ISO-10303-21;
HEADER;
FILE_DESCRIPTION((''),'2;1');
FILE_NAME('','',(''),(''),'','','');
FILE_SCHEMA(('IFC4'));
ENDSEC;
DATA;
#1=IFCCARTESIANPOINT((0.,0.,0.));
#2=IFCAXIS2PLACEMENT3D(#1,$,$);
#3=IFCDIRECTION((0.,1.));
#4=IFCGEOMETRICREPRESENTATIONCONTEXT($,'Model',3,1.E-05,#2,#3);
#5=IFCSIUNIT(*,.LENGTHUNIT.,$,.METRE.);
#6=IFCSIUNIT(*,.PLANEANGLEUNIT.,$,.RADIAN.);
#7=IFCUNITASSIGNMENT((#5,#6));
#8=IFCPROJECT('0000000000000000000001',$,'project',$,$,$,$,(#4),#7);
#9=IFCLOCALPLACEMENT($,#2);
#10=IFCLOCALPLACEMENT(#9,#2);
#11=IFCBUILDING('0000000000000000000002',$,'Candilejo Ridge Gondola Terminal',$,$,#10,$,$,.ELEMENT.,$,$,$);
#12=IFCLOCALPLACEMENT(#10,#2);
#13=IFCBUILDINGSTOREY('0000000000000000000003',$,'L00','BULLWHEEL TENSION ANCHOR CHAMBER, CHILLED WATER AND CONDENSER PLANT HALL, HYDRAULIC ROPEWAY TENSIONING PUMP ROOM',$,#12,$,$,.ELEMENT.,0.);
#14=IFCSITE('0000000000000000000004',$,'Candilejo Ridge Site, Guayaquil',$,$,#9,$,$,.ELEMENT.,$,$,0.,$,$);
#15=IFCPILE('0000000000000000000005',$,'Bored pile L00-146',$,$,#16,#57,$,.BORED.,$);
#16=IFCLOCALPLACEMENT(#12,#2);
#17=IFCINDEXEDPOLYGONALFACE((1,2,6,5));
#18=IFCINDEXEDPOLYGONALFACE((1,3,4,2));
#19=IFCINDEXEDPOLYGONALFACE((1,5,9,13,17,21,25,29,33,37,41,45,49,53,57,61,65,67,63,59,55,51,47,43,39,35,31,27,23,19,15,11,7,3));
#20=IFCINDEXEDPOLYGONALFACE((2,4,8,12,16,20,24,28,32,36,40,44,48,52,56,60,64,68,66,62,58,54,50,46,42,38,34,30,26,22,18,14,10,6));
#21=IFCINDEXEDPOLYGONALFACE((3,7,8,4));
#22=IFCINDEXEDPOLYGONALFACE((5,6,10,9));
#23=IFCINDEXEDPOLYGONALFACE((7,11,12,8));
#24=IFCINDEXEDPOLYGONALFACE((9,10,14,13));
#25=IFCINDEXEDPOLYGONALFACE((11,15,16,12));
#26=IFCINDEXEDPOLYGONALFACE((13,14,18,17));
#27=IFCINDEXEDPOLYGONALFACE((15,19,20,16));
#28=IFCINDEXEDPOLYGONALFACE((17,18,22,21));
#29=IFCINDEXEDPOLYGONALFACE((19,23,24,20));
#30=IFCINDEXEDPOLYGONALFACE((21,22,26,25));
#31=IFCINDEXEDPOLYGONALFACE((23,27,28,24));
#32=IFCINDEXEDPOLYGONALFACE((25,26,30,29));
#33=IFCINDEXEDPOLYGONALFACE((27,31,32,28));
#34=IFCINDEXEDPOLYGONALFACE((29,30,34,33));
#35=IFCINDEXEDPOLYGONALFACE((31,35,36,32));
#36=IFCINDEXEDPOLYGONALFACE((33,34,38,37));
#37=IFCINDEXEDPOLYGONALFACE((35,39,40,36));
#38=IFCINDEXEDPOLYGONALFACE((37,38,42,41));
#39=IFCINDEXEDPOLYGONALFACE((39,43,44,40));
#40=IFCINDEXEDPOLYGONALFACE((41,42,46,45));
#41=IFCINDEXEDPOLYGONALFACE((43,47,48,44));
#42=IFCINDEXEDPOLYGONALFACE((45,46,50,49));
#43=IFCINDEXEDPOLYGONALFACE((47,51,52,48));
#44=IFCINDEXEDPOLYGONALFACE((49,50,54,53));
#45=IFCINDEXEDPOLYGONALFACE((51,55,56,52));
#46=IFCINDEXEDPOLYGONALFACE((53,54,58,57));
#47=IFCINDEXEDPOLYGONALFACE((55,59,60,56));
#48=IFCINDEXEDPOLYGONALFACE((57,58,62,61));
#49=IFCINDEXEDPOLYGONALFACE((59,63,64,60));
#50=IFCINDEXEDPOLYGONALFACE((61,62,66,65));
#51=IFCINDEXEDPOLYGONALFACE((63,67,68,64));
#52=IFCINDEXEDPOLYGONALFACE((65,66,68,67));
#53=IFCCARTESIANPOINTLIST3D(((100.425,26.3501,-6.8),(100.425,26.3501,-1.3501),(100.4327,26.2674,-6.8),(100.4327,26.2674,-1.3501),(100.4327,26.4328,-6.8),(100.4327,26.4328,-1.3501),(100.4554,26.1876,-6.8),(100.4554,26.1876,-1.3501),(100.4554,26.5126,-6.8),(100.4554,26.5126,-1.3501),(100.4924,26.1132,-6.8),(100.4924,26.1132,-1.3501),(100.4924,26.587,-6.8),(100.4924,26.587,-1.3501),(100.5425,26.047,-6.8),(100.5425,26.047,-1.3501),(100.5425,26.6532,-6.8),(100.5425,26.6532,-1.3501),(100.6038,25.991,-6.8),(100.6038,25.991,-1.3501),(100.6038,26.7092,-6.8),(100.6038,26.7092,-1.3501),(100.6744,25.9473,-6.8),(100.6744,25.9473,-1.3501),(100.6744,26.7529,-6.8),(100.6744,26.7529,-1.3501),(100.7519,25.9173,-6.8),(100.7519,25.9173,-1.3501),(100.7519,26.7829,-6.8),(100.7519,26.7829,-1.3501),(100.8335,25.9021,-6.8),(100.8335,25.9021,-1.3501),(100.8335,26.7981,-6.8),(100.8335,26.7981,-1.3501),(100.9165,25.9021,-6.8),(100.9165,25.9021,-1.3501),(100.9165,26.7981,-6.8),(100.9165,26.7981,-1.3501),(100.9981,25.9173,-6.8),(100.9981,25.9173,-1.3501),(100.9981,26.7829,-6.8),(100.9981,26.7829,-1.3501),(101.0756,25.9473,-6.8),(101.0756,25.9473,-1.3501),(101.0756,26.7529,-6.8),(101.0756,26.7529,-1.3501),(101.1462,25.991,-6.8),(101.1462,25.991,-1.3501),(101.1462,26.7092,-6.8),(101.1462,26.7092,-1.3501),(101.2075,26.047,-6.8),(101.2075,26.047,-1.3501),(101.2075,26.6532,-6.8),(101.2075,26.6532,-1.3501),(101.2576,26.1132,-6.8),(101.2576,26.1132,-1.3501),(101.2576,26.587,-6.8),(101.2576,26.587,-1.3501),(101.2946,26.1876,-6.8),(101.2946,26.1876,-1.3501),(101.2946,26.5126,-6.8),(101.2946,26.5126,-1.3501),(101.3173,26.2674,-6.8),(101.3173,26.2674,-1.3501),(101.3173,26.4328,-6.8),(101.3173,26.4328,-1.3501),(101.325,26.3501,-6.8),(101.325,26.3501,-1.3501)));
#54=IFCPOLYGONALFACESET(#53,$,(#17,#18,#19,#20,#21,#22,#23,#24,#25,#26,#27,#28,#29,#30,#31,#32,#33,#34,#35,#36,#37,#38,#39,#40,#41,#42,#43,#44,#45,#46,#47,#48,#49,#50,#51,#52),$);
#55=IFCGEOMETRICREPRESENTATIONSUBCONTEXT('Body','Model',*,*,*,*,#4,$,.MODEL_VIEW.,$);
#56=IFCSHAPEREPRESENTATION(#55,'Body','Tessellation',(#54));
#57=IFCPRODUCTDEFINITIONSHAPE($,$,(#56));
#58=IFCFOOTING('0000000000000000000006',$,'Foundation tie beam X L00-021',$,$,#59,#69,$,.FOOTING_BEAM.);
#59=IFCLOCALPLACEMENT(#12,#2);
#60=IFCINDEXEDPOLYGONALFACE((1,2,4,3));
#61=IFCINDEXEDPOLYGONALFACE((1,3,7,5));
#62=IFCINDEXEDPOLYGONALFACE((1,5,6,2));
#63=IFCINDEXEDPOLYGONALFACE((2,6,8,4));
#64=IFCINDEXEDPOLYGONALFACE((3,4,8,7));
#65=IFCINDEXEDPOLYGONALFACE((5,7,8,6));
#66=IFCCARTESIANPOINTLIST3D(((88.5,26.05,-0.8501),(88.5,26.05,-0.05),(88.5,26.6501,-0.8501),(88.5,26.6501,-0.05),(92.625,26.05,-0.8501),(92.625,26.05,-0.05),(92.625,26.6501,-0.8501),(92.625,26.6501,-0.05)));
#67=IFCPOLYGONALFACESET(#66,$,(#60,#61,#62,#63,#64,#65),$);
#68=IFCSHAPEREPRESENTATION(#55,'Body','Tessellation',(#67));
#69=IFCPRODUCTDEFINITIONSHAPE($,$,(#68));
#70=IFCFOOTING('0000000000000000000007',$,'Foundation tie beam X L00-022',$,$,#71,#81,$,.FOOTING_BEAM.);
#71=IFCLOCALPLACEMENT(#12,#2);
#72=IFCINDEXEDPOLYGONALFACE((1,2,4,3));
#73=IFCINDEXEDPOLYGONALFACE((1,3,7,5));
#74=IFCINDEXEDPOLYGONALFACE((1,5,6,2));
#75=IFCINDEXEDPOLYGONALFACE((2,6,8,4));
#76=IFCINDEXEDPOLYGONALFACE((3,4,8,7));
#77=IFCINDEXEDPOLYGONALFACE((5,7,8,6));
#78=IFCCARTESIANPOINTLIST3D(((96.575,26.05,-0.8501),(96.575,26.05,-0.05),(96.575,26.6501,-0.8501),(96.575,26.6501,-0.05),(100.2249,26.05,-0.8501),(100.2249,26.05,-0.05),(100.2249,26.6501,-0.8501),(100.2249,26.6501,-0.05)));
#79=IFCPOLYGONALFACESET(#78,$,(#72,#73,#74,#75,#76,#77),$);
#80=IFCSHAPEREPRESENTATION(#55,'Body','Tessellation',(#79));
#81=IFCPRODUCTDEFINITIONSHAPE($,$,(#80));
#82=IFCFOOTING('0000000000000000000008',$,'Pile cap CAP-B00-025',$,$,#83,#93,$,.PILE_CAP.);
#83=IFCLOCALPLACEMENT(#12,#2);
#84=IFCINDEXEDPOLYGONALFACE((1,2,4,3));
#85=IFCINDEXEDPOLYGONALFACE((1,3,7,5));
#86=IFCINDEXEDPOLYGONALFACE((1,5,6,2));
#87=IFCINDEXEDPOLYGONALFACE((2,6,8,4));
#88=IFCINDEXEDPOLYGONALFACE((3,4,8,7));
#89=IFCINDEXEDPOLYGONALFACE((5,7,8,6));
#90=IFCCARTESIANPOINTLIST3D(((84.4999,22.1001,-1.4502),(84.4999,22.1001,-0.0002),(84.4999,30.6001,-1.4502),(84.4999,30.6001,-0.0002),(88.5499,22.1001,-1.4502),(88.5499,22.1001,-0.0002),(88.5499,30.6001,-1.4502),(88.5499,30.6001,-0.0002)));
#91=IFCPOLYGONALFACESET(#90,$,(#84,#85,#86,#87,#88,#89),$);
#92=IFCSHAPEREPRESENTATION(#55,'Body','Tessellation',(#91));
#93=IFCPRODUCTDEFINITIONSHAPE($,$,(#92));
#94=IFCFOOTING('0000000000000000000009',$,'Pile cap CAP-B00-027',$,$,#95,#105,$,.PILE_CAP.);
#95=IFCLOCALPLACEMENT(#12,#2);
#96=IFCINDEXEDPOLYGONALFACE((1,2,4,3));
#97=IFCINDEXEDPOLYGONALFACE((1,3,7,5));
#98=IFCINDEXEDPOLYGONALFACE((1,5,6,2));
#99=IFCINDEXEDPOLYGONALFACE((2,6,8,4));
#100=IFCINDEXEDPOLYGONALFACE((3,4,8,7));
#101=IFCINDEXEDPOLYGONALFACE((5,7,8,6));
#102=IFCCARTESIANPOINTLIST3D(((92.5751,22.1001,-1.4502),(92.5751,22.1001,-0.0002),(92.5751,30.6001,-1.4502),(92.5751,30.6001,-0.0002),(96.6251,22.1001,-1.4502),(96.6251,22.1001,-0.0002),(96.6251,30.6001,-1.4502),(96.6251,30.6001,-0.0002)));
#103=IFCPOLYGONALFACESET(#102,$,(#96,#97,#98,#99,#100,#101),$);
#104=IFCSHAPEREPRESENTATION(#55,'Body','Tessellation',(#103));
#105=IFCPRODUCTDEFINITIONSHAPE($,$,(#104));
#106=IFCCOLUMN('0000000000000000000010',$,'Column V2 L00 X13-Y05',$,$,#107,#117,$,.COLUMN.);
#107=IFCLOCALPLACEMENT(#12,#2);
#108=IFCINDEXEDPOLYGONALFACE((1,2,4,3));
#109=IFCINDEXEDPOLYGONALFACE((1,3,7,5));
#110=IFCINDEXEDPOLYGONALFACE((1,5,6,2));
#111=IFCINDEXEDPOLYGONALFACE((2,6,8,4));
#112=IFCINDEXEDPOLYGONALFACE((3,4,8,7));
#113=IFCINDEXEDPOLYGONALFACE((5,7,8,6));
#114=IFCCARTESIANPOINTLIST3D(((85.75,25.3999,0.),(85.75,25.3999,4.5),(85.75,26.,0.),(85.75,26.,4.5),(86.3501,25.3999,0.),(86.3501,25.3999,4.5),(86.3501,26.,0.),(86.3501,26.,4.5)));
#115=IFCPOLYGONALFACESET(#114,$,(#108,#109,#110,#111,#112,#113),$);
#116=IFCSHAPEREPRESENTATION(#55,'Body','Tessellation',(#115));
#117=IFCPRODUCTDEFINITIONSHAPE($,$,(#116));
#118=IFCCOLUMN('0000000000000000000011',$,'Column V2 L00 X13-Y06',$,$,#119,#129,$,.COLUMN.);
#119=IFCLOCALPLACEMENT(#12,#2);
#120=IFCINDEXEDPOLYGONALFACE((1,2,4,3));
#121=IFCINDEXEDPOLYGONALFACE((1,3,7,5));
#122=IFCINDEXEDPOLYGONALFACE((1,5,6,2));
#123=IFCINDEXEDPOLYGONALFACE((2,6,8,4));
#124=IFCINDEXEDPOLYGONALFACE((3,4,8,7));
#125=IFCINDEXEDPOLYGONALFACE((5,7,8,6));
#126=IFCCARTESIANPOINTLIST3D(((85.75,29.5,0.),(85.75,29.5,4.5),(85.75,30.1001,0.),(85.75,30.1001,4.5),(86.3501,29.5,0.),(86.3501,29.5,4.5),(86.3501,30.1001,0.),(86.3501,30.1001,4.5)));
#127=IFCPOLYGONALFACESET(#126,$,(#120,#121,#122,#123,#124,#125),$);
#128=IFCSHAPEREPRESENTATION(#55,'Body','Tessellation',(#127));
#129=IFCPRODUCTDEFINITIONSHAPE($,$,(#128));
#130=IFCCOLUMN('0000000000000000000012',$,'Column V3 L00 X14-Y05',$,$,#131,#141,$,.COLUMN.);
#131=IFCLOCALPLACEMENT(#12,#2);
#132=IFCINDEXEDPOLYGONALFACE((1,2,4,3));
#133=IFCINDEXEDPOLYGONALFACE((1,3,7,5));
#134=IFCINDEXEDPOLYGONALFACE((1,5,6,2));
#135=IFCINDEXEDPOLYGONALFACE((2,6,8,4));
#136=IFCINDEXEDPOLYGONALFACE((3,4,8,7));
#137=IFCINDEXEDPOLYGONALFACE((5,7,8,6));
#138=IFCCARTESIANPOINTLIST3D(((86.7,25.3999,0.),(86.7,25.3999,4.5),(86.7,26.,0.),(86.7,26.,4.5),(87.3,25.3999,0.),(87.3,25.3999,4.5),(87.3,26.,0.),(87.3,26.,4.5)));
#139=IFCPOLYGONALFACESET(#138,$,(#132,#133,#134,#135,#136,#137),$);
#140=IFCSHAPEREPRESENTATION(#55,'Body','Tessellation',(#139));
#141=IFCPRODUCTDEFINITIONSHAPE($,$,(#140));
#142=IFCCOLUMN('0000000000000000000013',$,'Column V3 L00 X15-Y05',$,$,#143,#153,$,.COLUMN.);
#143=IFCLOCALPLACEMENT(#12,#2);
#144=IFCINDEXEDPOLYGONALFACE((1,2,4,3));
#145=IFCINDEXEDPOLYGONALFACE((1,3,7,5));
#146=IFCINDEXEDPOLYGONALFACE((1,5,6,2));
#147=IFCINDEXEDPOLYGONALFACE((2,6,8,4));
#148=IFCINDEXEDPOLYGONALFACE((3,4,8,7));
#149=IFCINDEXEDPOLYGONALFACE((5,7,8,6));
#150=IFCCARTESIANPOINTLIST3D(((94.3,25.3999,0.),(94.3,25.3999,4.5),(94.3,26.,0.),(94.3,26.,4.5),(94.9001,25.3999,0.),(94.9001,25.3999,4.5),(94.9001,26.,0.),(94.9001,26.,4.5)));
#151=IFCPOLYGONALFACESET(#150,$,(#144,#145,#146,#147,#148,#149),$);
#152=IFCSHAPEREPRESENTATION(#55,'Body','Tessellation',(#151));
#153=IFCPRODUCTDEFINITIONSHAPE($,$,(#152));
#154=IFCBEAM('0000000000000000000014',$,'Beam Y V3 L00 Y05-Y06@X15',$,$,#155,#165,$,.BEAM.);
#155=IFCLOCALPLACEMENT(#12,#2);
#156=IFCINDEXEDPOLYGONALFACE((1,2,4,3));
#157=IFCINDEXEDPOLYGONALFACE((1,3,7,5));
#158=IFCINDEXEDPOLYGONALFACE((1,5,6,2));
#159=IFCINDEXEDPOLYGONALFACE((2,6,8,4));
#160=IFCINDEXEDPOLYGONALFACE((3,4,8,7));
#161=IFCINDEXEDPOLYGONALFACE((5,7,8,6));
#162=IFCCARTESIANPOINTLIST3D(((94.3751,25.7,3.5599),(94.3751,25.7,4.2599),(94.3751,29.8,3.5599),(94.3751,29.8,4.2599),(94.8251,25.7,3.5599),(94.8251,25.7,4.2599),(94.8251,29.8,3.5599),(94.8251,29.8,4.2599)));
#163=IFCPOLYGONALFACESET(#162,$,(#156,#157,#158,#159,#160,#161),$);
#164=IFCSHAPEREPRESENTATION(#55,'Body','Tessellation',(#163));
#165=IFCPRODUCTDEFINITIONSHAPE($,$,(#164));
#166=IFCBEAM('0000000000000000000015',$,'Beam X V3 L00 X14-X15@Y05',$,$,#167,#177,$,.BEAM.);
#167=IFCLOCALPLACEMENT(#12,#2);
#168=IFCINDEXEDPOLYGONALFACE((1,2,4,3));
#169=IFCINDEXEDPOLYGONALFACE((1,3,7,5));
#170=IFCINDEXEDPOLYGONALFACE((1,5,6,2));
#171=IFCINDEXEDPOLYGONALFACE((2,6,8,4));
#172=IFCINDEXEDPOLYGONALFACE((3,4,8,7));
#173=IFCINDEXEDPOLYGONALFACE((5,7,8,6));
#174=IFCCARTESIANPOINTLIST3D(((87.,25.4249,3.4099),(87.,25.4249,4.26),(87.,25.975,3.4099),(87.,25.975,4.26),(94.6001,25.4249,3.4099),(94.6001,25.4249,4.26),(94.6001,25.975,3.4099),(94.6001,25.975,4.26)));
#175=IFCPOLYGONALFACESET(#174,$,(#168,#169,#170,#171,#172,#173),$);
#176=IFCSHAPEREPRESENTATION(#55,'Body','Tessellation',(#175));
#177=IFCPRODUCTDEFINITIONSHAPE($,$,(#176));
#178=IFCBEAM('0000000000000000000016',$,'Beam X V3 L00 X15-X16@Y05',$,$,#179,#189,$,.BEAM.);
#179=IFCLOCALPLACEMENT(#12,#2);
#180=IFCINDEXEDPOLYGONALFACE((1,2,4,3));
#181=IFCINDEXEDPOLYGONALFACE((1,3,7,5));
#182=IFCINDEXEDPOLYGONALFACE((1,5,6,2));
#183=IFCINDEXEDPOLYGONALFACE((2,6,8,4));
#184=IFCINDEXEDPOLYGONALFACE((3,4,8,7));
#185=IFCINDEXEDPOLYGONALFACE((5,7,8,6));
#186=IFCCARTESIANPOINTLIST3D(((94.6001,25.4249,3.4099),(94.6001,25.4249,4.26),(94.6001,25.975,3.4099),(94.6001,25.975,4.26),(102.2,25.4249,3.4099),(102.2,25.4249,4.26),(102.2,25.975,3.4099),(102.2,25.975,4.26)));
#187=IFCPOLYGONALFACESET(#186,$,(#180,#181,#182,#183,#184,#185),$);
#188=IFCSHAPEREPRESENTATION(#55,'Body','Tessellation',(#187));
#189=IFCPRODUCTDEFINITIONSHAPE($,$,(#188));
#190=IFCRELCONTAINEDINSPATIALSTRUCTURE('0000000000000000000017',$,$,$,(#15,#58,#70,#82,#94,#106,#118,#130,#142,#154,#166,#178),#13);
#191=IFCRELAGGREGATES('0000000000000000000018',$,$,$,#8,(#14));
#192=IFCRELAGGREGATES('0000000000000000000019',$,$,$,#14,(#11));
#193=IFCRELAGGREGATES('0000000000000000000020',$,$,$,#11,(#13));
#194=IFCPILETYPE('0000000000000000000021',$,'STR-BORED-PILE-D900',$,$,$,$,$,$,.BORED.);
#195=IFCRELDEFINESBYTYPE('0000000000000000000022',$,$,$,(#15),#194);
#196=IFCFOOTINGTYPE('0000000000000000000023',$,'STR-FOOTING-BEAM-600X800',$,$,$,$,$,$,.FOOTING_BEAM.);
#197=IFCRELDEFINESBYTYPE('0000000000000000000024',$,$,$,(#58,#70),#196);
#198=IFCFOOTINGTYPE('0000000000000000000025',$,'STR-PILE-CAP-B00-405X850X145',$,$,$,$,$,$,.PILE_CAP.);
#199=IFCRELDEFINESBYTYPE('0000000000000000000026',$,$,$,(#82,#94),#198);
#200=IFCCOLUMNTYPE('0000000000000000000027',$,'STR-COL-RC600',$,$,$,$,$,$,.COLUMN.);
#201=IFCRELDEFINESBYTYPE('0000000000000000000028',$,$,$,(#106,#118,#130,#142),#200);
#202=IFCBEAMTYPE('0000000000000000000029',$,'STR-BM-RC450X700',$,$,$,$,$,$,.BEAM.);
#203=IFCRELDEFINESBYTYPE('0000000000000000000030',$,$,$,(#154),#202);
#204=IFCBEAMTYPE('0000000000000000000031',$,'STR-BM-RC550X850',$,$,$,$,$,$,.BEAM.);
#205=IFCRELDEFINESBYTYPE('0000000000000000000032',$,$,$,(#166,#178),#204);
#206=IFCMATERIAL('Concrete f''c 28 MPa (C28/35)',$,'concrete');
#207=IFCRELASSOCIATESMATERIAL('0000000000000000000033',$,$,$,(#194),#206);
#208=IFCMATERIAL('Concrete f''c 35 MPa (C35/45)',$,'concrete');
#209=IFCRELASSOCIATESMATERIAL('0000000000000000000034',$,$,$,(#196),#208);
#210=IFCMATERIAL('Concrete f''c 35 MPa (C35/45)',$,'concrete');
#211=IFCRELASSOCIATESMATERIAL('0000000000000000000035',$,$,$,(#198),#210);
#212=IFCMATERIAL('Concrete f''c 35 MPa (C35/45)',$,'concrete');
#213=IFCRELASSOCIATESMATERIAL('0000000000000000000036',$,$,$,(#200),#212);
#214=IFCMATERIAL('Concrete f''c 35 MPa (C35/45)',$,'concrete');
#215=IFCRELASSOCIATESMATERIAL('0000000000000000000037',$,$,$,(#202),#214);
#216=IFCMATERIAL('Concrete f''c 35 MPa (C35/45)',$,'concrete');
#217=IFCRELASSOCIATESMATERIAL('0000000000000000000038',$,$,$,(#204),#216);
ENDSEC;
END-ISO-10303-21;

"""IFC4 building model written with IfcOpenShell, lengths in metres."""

from ifc_helpers import new_model, si_unit, direction, frame, origin, origin_2d, place, context, subcontext, project, spatial, rectangle, circle, extrude, material, material_profile, profile_set, type_object, element, save


model = new_model("IFC4")

# Units and contexts
model_context = context("Model", 3, precision=1e-05, world=origin(), true_north=direction((0.0, 1.0)))
body_context = subcontext(model_context, "Body", "Model", "MODEL_VIEW")
ifc_project = project(units=[si_unit("LENGTHUNIT", "METRE"), si_unit("PLANEANGLEUNIT", "RADIAN")], contexts=[model_context])

# Site, building, storey
site_placement = place(None, origin())
site = spatial("IfcSite", under=ifc_project, at=site_placement, Name="Candilejo Ridge Site, Guayaquil", CompositionType="ELEMENT", RefElevation=0.0)
building_placement = place(site_placement, origin())
building = spatial("IfcBuilding", under=site, at=building_placement, Name="Candilejo Ridge Gondola Terminal", CompositionType="ELEMENT")
storey_placement = place(building_placement, origin())
storey = spatial("IfcBuildingStorey", under=building, at=storey_placement, Name="L00", Description="BULLWHEEL TENSION ANCHOR CHAMBER, CHILLED WATER AND CONDENSER PLANT HALL, HYDRAULIC ROPEWAY TENSIONING PUMP ROOM", CompositionType="ELEMENT", Elevation=0.0)

# Pile
ifc_material_1 = material(Name="Concrete f'c 28 MPa (C28/35)", Category="concrete")
ifc_material_profile_1 = material_profile(ifc_material_1, circle(Radius=0.45, at=origin_2d()))
ifc_profile_set_1 = profile_set([ifc_material_profile_1], Name="Concrete f'c 28 MPa (C28/35)")
pile_type = type_object("IfcPileType", Name="STR-BORED-PILE-D900", PredefinedType="BORED", material=ifc_profile_set_1)
for number, where, z_axis, x_axis, name in (
    (1, (100.875, 26.3501, -1.3501), (0.0, 0.0, -1.0), (1.0, 0.0, 0.0), "Bored pile L00-146"),
):
    element("IfcPile", number, at=place(storey_placement, frame(where, z_axis=z_axis, x_axis=x_axis)), inside=storey, type_object=pile_type, Name=name, PredefinedType="BORED", context=body_context, shape_type="SweptSolid", body=[
        extrude(circle(Radius=0.45, at=origin_2d()), origin(), (0.0, 0.0, 1.0), 5.45),
    ])

# Footings
ifc_material_2 = material(Name="Concrete f'c 35 MPa (C35/45)", Category="concrete")
footing_type_1 = type_object("IfcFootingType", Name="STR-FOOTING-BEAM-600X800", PredefinedType="FOOTING_BEAM", material=ifc_material_2)
footing_1_placement = place(storey_placement, frame((90.5625, 26.3501, -0.8501), z_axis=(0.0, 0.0, 1.0), x_axis=(1.0, 0.0, 0.0)))
element("IfcFooting", 2, at=footing_1_placement, inside=storey, type_object=footing_type_1, Name="Foundation tie beam X L00-021", PredefinedType="FOOTING_BEAM", context=body_context, shape_type="SweptSolid", body=[
    extrude(rectangle(XDim=4.125, YDim=0.6001, at=origin_2d()), origin(), (0.0, 0.0, 1.0), 0.8),
])
footing_2_placement = place(storey_placement, frame((98.3999, 26.3501, -0.8501), z_axis=(0.0, 0.0, 1.0), x_axis=(1.0, 0.0, 0.0)))
element("IfcFooting", 3, at=footing_2_placement, inside=storey, type_object=footing_type_1, Name="Foundation tie beam X L00-022", PredefinedType="FOOTING_BEAM", context=body_context, shape_type="SweptSolid", body=[
    extrude(rectangle(XDim=3.6499, YDim=0.6001, at=origin_2d()), origin(), (0.0, 0.0, 1.0), 0.8),
])
ifc_material_3 = material(Name="Concrete f'c 35 MPa (C35/45)", Category="concrete")
footing_type_2 = type_object("IfcFootingType", Name="STR-PILE-CAP-B00-405X850X145", PredefinedType="PILE_CAP", material=ifc_material_3)
for number, where, z_axis, x_axis, name in (
    (4, (86.5249, 26.3501, -1.4502), (0.0, 0.0, 1.0), (1.0, 0.0, 0.0), "Pile cap CAP-B00-025"),
    (5, (94.6001, 26.3501, -1.4502), (0.0, 0.0, 1.0), (1.0, 0.0, 0.0), "Pile cap CAP-B00-027"),
):
    element("IfcFooting", number, at=place(storey_placement, frame(where, z_axis=z_axis, x_axis=x_axis)), inside=storey, type_object=footing_type_2, Name=name, PredefinedType="PILE_CAP", context=body_context, shape_type="SweptSolid", body=[
        extrude(rectangle(XDim=4.05, YDim=8.5, at=origin_2d()), origin(), (0.0, 0.0, 1.0), 1.45),
    ])

# Columns
ifc_material_4 = material(Name="Concrete f'c 35 MPa (C35/45)", Category="concrete")
ifc_material_profile_2 = material_profile(ifc_material_4, rectangle(XDim=0.6001, YDim=0.6001, at=origin_2d()))
ifc_profile_set_2 = profile_set([ifc_material_profile_2], Name="Concrete f'c 35 MPa (C35/45)")
column_type = type_object("IfcColumnType", Name="STR-COL-RC600", PredefinedType="COLUMN", material=ifc_profile_set_2)
for number, where, z_axis, x_axis, name in (
    (6, (86.05, 25.7, 0.0), (0.0, 0.0, 1.0), (1.0, 0.0, 0.0), "Column V2 L00 X13-Y05"),
    (7, (86.05, 29.8, 0.0), (0.0, 0.0, 1.0), (1.0, 0.0, 0.0), "Column V2 L00 X13-Y06"),
    (8, (87.0, 25.7, 0.0), (0.0, 0.0, 1.0), (1.0, 0.0, 0.0), "Column V3 L00 X14-Y05"),
    (9, (94.6001, 25.7, 0.0), (0.0, 0.0, 1.0), (1.0, 0.0, 0.0), "Column V3 L00 X15-Y05"),
):
    element("IfcColumn", number, at=place(storey_placement, frame(where, z_axis=z_axis, x_axis=x_axis)), inside=storey, type_object=column_type, Name=name, PredefinedType="COLUMN", context=body_context, shape_type="SweptSolid", body=[
        extrude(rectangle(XDim=0.6001, YDim=0.6001, at=origin_2d()), origin(), (0.0, 0.0, 1.0), 4.5),
    ])

# Beams
ifc_material_5 = material(Name="Concrete f'c 35 MPa (C35/45)", Category="concrete")
ifc_material_profile_3 = material_profile(ifc_material_5, rectangle(XDim=0.45, YDim=0.7, at=origin_2d()))
ifc_profile_set_3 = profile_set([ifc_material_profile_3], Name="Concrete f'c 35 MPa (C35/45)")
beam_type_1 = type_object("IfcBeamType", Name="STR-BM-RC450X700", PredefinedType="BEAM", material=ifc_profile_set_3)
beam_1_placement = place(storey_placement, frame((94.6001, 25.7, 3.9099), z_axis=(0.0, 1.0, 0.0), x_axis=(-1.0, 0.0, 0.0)))
element("IfcBeam", 10, at=beam_1_placement, inside=storey, type_object=beam_type_1, Name="Beam Y V3 L00 Y05-Y06@X15", PredefinedType="BEAM", context=body_context, shape_type="SweptSolid", body=[
    extrude(rectangle(XDim=0.45, YDim=0.7, at=origin_2d()), origin(), (0.0, 0.0, 1.0), 4.1001),
])
ifc_material_6 = material(Name="Concrete f'c 35 MPa (C35/45)", Category="concrete")
ifc_material_profile_4 = material_profile(ifc_material_6, rectangle(XDim=0.55, YDim=0.8501, at=origin_2d()))
ifc_profile_set_4 = profile_set([ifc_material_profile_4], Name="Concrete f'c 35 MPa (C35/45)")
beam_type_2 = type_object("IfcBeamType", Name="STR-BM-RC550X850", PredefinedType="BEAM", material=ifc_profile_set_4)
beam_2_placement = place(storey_placement, frame((87.0, 25.7, 3.835), z_axis=(1.0, 0.0, 0.0), x_axis=(0.0, 1.0, 0.0)))
element("IfcBeam", 11, at=beam_2_placement, inside=storey, type_object=beam_type_2, Name="Beam X V3 L00 X14-X15@Y05", PredefinedType="BEAM", context=body_context, shape_type="SweptSolid", body=[
    extrude(rectangle(XDim=0.55, YDim=0.8501, at=origin_2d()), origin(), (0.0, 0.0, 1.0), 7.6001),
])
beam_3_placement = place(storey_placement, frame((94.6001, 25.7, 3.835), z_axis=(1.0, 0.0, 0.0), x_axis=(0.0, 1.0, 0.0)))
element("IfcBeam", 12, at=beam_3_placement, inside=storey, type_object=beam_type_2, Name="Beam X V3 L00 X15-X16@Y05", PredefinedType="BEAM", context=body_context, shape_type="SweptSolid", body=[
    extrude(rectangle(XDim=0.55, YDim=0.8501, at=origin_2d()), origin(), (0.0, 0.0, 1.0), 7.5999),
])

save(model, "model.ifc")
